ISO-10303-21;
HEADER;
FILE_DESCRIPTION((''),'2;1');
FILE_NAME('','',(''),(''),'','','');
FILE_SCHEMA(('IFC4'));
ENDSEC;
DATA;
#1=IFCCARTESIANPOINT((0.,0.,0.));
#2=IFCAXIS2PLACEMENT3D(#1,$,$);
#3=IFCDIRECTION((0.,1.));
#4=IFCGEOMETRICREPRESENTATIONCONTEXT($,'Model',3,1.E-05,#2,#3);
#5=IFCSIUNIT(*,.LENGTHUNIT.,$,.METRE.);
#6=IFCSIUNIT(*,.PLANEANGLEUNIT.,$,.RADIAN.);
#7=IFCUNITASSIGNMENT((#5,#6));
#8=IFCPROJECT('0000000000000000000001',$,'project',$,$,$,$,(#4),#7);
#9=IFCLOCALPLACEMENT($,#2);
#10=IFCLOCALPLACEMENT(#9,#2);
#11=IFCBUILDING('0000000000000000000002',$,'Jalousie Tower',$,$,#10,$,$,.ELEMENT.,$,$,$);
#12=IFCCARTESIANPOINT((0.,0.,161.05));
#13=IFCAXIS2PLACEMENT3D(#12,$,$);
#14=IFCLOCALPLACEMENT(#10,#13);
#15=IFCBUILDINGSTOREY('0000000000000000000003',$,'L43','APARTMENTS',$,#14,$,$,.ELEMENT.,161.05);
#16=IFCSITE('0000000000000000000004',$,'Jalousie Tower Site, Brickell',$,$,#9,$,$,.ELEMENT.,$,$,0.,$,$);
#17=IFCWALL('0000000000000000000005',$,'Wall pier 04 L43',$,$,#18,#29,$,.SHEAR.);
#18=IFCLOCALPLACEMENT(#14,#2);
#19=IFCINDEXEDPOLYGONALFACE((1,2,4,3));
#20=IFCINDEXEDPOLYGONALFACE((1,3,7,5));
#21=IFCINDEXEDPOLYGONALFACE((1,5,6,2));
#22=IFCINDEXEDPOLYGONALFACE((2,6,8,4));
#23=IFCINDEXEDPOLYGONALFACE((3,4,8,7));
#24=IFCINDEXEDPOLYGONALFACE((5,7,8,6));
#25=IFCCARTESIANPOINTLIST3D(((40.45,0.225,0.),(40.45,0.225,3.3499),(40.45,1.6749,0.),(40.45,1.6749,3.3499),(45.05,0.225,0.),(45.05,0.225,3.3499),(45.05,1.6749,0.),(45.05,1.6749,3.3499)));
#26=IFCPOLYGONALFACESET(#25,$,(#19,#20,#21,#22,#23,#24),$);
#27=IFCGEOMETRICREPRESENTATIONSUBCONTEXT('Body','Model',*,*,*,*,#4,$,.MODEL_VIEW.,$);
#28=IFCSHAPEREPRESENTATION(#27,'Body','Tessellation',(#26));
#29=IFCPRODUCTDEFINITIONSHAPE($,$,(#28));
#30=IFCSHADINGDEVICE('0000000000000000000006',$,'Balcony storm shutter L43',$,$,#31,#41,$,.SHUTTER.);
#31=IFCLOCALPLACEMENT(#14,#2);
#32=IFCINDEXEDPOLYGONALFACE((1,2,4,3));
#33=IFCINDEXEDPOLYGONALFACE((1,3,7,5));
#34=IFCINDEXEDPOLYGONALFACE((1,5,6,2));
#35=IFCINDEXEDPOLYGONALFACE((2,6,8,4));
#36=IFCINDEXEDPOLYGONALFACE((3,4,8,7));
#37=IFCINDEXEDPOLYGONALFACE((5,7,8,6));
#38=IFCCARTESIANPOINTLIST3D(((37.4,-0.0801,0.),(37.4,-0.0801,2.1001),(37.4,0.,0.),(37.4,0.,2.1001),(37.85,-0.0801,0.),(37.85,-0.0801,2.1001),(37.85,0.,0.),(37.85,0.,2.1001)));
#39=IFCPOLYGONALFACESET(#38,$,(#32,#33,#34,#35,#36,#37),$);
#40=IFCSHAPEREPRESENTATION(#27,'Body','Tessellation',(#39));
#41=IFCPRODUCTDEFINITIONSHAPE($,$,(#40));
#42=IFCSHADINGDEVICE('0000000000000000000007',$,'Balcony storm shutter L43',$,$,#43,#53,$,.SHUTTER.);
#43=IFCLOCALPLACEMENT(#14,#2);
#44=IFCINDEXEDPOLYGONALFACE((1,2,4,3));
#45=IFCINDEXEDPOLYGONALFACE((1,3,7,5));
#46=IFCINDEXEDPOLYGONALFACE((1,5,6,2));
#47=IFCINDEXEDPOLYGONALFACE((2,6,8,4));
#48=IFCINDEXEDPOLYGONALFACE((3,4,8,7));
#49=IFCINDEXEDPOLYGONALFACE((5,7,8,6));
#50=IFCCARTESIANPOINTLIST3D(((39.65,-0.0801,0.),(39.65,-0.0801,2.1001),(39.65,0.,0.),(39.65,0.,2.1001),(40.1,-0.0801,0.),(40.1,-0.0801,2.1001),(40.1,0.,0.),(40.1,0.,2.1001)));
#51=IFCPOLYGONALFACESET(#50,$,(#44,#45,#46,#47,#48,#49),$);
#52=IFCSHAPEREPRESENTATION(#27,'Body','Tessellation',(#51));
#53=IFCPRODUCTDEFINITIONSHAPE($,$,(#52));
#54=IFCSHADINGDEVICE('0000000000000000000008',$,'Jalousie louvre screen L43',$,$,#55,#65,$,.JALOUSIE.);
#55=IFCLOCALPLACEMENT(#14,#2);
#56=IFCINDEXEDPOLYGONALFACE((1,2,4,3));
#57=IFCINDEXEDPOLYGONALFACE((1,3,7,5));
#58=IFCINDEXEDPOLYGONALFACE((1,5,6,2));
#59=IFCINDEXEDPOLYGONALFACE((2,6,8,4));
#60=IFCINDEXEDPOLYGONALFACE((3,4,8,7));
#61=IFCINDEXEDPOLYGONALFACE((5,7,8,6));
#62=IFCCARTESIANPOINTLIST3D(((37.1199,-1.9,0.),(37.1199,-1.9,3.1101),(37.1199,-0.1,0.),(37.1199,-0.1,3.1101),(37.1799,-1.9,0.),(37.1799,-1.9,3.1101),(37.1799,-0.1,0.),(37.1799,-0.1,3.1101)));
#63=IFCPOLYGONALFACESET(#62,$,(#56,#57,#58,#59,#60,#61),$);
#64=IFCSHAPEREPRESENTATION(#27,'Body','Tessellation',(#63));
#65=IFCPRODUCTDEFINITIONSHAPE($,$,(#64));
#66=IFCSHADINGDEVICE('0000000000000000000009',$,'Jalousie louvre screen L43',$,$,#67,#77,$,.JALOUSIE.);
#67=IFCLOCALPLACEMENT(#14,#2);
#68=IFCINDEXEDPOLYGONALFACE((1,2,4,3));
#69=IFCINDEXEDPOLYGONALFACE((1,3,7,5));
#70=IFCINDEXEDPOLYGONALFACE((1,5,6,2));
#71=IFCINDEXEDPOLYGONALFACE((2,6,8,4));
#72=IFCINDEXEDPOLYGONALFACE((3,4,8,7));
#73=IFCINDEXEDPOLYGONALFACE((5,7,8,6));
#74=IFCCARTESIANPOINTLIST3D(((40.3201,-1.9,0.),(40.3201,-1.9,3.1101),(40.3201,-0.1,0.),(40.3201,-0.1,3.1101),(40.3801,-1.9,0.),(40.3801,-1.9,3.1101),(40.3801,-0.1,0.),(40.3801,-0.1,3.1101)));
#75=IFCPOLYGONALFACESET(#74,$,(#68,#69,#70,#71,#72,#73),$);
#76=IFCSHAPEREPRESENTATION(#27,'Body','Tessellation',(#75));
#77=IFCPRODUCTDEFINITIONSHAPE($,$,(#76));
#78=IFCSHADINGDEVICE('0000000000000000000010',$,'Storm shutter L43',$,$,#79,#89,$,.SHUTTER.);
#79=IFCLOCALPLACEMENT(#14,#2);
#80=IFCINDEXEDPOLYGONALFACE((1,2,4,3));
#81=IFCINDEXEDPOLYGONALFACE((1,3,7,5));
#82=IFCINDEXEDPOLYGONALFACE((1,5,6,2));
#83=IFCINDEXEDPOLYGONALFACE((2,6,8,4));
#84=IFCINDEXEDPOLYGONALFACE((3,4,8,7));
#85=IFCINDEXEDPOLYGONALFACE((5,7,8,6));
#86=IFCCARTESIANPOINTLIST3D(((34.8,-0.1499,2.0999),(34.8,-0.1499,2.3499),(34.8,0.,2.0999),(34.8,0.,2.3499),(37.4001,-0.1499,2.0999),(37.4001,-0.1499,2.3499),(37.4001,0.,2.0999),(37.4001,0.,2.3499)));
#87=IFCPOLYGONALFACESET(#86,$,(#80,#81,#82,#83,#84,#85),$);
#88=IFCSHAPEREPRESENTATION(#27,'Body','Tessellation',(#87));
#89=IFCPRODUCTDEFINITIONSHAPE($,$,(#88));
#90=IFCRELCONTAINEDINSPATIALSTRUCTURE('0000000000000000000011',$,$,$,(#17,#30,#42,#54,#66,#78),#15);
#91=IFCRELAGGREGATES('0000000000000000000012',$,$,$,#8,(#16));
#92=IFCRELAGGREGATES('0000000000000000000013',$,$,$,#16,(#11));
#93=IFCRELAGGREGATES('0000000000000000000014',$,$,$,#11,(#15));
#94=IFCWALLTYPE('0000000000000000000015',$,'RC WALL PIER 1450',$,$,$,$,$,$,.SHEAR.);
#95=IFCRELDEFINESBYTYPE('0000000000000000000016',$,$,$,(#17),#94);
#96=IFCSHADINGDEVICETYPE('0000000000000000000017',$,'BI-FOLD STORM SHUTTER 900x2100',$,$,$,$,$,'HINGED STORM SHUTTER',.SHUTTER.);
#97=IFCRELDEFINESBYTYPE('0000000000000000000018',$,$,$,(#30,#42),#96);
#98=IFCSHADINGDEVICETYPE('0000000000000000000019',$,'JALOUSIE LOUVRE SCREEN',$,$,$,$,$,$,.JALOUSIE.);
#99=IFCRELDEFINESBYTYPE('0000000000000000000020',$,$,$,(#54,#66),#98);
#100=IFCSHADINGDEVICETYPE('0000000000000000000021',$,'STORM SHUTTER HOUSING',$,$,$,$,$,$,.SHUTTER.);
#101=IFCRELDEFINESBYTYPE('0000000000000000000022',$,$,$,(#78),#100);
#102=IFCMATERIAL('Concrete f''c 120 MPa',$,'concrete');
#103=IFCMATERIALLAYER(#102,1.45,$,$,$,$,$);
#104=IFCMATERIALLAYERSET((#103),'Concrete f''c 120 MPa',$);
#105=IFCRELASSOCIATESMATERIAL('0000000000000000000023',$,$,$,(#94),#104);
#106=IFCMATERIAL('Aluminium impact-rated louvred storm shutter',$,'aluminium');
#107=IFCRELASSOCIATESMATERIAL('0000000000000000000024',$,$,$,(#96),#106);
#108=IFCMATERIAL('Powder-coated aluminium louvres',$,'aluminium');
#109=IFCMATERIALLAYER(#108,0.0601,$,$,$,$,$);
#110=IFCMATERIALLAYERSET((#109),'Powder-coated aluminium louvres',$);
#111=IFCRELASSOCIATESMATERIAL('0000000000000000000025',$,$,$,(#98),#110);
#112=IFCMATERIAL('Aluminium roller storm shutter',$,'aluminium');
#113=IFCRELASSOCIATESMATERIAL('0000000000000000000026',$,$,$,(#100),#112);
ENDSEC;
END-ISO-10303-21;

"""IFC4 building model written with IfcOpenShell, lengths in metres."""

from ifc_helpers import new_model, si_unit, direction, frame, frame_2d, origin, origin_2d, place, context, subcontext, project, spatial, rectangle, extrude, material, layer, layer_set, type_object, element, save


model = new_model("IFC4")

# Units and contexts
model_context = context("Model", 3, precision=1e-05, world=origin(), true_north=direction((0.0, 1.0)))
body_context = subcontext(model_context, "Body", "Model", "MODEL_VIEW")
ifc_project = project(units=[si_unit("LENGTHUNIT", "METRE"), si_unit("PLANEANGLEUNIT", "RADIAN")], contexts=[model_context])

# Site, building, storey
site_placement = place(None, origin())
site = spatial("IfcSite", under=ifc_project, at=site_placement, Name="Jalousie Tower Site, Brickell", CompositionType="ELEMENT", RefElevation=0.0)
building_placement = place(site_placement, origin())
building = spatial("IfcBuilding", under=site, at=building_placement, Name="Jalousie Tower", CompositionType="ELEMENT")
storey_placement = place(building_placement, frame((0.0, 0.0, 161.05)))
storey = spatial("IfcBuildingStorey", under=building, at=storey_placement, Name="L43", Description="APARTMENTS", CompositionType="ELEMENT", Elevation=161.05)

# Wall
ifc_material_1 = material(Name="Concrete f'c 120 MPa", Category="concrete")
ifc_layer_1 = layer(ifc_material_1, 1.45)
ifc_layer_set_1 = layer_set([ifc_layer_1], Name="Concrete f'c 120 MPa")
wall_type_1 = type_object("IfcWallType", Name="RC WALL PIER 1450", PredefinedType="SHEAR", material=ifc_layer_set_1)
wall_1_placement = place(storey_placement, frame((40.45, 0.95, 0.0), z_axis=(0.0, 0.0, 1.0), x_axis=(1.0, 0.0, 0.0)))
element("IfcWall", 1, at=wall_1_placement, inside=storey, type_object=wall_type_1, Name="Wall pier 04 L43", PredefinedType="SHEAR", context=body_context, shape_type="SweptSolid", body=[
    extrude(rectangle(XDim=4.6001, YDim=1.45, at=frame_2d((2.3, 0.0))), origin(), (0.0, 0.0, 1.0), 3.3499),
])

# Shading devices
ifc_material_2 = material(Name="Aluminium impact-rated louvred storm shutter", Category="aluminium")
shading_device_type_1 = type_object("IfcShadingDeviceType", Name="BI-FOLD STORM SHUTTER 900x2100", ElementType="HINGED STORM SHUTTER", PredefinedType="SHUTTER", material=ifc_material_2)
for number, where, z_axis, x_axis, name in (
    (2, (37.625, -0.04, 0.0), (0.0, 0.0, 1.0), (1.0, 0.0, 0.0), "Balcony storm shutter L43"),
    (3, (39.875, -0.04, 0.0), (0.0, 0.0, 1.0), (1.0, 0.0, 0.0), "Balcony storm shutter L43"),
):
    element("IfcShadingDevice", number, at=place(storey_placement, frame(where, z_axis=z_axis, x_axis=x_axis)), inside=storey, type_object=shading_device_type_1, Name=name, PredefinedType="SHUTTER", context=body_context, shape_type="SweptSolid", body=[
        extrude(rectangle(XDim=0.45, YDim=0.0801, at=origin_2d()), origin(), (0.0, 0.0, 1.0), 2.1001),
    ])

# Shading devices
ifc_material_3 = material(Name="Powder-coated aluminium louvres", Category="aluminium")
ifc_layer_2 = layer(ifc_material_3, 0.0601)
ifc_layer_set_2 = layer_set([ifc_layer_2], Name="Powder-coated aluminium louvres")
shading_device_type_2 = type_object("IfcShadingDeviceType", Name="JALOUSIE LOUVRE SCREEN", PredefinedType="JALOUSIE", material=ifc_layer_set_2)
for number, where, z_axis, x_axis, name in (
    (4, (37.1499, -1.0, 0.0), (0.0, 0.0, 1.0), (1.0, 0.0, 0.0), "Jalousie louvre screen L43"),
    (5, (40.3501, -1.0, 0.0), (0.0, 0.0, 1.0), (1.0, 0.0, 0.0), "Jalousie louvre screen L43"),
):
    element("IfcShadingDevice", number, at=place(storey_placement, frame(where, z_axis=z_axis, x_axis=x_axis)), inside=storey, type_object=shading_device_type_2, Name=name, PredefinedType="JALOUSIE", context=body_context, shape_type="SweptSolid", body=[
        extrude(rectangle(XDim=0.0601, YDim=1.8, at=origin_2d()), origin(), (0.0, 0.0, 1.0), 3.1101),
    ])
ifc_material_4 = material(Name="Aluminium roller storm shutter", Category="aluminium")
shading_device_type_3 = type_object("IfcShadingDeviceType", Name="STORM SHUTTER HOUSING", PredefinedType="SHUTTER", material=ifc_material_4)
shading_device_placement = place(storey_placement, frame((36.1001, -0.075, 2.0999), z_axis=(0.0, 0.0, 1.0), x_axis=(1.0, 0.0, 0.0)))
element("IfcShadingDevice", 6, at=shading_device_placement, inside=storey, type_object=shading_device_type_3, Name="Storm shutter L43", PredefinedType="SHUTTER", context=body_context, shape_type="SweptSolid", body=[
    extrude(rectangle(XDim=2.6001, YDim=0.1499, at=origin_2d()), origin(), (0.0, 0.0, 1.0), 0.25),
])

save(model, "model.ifc")
